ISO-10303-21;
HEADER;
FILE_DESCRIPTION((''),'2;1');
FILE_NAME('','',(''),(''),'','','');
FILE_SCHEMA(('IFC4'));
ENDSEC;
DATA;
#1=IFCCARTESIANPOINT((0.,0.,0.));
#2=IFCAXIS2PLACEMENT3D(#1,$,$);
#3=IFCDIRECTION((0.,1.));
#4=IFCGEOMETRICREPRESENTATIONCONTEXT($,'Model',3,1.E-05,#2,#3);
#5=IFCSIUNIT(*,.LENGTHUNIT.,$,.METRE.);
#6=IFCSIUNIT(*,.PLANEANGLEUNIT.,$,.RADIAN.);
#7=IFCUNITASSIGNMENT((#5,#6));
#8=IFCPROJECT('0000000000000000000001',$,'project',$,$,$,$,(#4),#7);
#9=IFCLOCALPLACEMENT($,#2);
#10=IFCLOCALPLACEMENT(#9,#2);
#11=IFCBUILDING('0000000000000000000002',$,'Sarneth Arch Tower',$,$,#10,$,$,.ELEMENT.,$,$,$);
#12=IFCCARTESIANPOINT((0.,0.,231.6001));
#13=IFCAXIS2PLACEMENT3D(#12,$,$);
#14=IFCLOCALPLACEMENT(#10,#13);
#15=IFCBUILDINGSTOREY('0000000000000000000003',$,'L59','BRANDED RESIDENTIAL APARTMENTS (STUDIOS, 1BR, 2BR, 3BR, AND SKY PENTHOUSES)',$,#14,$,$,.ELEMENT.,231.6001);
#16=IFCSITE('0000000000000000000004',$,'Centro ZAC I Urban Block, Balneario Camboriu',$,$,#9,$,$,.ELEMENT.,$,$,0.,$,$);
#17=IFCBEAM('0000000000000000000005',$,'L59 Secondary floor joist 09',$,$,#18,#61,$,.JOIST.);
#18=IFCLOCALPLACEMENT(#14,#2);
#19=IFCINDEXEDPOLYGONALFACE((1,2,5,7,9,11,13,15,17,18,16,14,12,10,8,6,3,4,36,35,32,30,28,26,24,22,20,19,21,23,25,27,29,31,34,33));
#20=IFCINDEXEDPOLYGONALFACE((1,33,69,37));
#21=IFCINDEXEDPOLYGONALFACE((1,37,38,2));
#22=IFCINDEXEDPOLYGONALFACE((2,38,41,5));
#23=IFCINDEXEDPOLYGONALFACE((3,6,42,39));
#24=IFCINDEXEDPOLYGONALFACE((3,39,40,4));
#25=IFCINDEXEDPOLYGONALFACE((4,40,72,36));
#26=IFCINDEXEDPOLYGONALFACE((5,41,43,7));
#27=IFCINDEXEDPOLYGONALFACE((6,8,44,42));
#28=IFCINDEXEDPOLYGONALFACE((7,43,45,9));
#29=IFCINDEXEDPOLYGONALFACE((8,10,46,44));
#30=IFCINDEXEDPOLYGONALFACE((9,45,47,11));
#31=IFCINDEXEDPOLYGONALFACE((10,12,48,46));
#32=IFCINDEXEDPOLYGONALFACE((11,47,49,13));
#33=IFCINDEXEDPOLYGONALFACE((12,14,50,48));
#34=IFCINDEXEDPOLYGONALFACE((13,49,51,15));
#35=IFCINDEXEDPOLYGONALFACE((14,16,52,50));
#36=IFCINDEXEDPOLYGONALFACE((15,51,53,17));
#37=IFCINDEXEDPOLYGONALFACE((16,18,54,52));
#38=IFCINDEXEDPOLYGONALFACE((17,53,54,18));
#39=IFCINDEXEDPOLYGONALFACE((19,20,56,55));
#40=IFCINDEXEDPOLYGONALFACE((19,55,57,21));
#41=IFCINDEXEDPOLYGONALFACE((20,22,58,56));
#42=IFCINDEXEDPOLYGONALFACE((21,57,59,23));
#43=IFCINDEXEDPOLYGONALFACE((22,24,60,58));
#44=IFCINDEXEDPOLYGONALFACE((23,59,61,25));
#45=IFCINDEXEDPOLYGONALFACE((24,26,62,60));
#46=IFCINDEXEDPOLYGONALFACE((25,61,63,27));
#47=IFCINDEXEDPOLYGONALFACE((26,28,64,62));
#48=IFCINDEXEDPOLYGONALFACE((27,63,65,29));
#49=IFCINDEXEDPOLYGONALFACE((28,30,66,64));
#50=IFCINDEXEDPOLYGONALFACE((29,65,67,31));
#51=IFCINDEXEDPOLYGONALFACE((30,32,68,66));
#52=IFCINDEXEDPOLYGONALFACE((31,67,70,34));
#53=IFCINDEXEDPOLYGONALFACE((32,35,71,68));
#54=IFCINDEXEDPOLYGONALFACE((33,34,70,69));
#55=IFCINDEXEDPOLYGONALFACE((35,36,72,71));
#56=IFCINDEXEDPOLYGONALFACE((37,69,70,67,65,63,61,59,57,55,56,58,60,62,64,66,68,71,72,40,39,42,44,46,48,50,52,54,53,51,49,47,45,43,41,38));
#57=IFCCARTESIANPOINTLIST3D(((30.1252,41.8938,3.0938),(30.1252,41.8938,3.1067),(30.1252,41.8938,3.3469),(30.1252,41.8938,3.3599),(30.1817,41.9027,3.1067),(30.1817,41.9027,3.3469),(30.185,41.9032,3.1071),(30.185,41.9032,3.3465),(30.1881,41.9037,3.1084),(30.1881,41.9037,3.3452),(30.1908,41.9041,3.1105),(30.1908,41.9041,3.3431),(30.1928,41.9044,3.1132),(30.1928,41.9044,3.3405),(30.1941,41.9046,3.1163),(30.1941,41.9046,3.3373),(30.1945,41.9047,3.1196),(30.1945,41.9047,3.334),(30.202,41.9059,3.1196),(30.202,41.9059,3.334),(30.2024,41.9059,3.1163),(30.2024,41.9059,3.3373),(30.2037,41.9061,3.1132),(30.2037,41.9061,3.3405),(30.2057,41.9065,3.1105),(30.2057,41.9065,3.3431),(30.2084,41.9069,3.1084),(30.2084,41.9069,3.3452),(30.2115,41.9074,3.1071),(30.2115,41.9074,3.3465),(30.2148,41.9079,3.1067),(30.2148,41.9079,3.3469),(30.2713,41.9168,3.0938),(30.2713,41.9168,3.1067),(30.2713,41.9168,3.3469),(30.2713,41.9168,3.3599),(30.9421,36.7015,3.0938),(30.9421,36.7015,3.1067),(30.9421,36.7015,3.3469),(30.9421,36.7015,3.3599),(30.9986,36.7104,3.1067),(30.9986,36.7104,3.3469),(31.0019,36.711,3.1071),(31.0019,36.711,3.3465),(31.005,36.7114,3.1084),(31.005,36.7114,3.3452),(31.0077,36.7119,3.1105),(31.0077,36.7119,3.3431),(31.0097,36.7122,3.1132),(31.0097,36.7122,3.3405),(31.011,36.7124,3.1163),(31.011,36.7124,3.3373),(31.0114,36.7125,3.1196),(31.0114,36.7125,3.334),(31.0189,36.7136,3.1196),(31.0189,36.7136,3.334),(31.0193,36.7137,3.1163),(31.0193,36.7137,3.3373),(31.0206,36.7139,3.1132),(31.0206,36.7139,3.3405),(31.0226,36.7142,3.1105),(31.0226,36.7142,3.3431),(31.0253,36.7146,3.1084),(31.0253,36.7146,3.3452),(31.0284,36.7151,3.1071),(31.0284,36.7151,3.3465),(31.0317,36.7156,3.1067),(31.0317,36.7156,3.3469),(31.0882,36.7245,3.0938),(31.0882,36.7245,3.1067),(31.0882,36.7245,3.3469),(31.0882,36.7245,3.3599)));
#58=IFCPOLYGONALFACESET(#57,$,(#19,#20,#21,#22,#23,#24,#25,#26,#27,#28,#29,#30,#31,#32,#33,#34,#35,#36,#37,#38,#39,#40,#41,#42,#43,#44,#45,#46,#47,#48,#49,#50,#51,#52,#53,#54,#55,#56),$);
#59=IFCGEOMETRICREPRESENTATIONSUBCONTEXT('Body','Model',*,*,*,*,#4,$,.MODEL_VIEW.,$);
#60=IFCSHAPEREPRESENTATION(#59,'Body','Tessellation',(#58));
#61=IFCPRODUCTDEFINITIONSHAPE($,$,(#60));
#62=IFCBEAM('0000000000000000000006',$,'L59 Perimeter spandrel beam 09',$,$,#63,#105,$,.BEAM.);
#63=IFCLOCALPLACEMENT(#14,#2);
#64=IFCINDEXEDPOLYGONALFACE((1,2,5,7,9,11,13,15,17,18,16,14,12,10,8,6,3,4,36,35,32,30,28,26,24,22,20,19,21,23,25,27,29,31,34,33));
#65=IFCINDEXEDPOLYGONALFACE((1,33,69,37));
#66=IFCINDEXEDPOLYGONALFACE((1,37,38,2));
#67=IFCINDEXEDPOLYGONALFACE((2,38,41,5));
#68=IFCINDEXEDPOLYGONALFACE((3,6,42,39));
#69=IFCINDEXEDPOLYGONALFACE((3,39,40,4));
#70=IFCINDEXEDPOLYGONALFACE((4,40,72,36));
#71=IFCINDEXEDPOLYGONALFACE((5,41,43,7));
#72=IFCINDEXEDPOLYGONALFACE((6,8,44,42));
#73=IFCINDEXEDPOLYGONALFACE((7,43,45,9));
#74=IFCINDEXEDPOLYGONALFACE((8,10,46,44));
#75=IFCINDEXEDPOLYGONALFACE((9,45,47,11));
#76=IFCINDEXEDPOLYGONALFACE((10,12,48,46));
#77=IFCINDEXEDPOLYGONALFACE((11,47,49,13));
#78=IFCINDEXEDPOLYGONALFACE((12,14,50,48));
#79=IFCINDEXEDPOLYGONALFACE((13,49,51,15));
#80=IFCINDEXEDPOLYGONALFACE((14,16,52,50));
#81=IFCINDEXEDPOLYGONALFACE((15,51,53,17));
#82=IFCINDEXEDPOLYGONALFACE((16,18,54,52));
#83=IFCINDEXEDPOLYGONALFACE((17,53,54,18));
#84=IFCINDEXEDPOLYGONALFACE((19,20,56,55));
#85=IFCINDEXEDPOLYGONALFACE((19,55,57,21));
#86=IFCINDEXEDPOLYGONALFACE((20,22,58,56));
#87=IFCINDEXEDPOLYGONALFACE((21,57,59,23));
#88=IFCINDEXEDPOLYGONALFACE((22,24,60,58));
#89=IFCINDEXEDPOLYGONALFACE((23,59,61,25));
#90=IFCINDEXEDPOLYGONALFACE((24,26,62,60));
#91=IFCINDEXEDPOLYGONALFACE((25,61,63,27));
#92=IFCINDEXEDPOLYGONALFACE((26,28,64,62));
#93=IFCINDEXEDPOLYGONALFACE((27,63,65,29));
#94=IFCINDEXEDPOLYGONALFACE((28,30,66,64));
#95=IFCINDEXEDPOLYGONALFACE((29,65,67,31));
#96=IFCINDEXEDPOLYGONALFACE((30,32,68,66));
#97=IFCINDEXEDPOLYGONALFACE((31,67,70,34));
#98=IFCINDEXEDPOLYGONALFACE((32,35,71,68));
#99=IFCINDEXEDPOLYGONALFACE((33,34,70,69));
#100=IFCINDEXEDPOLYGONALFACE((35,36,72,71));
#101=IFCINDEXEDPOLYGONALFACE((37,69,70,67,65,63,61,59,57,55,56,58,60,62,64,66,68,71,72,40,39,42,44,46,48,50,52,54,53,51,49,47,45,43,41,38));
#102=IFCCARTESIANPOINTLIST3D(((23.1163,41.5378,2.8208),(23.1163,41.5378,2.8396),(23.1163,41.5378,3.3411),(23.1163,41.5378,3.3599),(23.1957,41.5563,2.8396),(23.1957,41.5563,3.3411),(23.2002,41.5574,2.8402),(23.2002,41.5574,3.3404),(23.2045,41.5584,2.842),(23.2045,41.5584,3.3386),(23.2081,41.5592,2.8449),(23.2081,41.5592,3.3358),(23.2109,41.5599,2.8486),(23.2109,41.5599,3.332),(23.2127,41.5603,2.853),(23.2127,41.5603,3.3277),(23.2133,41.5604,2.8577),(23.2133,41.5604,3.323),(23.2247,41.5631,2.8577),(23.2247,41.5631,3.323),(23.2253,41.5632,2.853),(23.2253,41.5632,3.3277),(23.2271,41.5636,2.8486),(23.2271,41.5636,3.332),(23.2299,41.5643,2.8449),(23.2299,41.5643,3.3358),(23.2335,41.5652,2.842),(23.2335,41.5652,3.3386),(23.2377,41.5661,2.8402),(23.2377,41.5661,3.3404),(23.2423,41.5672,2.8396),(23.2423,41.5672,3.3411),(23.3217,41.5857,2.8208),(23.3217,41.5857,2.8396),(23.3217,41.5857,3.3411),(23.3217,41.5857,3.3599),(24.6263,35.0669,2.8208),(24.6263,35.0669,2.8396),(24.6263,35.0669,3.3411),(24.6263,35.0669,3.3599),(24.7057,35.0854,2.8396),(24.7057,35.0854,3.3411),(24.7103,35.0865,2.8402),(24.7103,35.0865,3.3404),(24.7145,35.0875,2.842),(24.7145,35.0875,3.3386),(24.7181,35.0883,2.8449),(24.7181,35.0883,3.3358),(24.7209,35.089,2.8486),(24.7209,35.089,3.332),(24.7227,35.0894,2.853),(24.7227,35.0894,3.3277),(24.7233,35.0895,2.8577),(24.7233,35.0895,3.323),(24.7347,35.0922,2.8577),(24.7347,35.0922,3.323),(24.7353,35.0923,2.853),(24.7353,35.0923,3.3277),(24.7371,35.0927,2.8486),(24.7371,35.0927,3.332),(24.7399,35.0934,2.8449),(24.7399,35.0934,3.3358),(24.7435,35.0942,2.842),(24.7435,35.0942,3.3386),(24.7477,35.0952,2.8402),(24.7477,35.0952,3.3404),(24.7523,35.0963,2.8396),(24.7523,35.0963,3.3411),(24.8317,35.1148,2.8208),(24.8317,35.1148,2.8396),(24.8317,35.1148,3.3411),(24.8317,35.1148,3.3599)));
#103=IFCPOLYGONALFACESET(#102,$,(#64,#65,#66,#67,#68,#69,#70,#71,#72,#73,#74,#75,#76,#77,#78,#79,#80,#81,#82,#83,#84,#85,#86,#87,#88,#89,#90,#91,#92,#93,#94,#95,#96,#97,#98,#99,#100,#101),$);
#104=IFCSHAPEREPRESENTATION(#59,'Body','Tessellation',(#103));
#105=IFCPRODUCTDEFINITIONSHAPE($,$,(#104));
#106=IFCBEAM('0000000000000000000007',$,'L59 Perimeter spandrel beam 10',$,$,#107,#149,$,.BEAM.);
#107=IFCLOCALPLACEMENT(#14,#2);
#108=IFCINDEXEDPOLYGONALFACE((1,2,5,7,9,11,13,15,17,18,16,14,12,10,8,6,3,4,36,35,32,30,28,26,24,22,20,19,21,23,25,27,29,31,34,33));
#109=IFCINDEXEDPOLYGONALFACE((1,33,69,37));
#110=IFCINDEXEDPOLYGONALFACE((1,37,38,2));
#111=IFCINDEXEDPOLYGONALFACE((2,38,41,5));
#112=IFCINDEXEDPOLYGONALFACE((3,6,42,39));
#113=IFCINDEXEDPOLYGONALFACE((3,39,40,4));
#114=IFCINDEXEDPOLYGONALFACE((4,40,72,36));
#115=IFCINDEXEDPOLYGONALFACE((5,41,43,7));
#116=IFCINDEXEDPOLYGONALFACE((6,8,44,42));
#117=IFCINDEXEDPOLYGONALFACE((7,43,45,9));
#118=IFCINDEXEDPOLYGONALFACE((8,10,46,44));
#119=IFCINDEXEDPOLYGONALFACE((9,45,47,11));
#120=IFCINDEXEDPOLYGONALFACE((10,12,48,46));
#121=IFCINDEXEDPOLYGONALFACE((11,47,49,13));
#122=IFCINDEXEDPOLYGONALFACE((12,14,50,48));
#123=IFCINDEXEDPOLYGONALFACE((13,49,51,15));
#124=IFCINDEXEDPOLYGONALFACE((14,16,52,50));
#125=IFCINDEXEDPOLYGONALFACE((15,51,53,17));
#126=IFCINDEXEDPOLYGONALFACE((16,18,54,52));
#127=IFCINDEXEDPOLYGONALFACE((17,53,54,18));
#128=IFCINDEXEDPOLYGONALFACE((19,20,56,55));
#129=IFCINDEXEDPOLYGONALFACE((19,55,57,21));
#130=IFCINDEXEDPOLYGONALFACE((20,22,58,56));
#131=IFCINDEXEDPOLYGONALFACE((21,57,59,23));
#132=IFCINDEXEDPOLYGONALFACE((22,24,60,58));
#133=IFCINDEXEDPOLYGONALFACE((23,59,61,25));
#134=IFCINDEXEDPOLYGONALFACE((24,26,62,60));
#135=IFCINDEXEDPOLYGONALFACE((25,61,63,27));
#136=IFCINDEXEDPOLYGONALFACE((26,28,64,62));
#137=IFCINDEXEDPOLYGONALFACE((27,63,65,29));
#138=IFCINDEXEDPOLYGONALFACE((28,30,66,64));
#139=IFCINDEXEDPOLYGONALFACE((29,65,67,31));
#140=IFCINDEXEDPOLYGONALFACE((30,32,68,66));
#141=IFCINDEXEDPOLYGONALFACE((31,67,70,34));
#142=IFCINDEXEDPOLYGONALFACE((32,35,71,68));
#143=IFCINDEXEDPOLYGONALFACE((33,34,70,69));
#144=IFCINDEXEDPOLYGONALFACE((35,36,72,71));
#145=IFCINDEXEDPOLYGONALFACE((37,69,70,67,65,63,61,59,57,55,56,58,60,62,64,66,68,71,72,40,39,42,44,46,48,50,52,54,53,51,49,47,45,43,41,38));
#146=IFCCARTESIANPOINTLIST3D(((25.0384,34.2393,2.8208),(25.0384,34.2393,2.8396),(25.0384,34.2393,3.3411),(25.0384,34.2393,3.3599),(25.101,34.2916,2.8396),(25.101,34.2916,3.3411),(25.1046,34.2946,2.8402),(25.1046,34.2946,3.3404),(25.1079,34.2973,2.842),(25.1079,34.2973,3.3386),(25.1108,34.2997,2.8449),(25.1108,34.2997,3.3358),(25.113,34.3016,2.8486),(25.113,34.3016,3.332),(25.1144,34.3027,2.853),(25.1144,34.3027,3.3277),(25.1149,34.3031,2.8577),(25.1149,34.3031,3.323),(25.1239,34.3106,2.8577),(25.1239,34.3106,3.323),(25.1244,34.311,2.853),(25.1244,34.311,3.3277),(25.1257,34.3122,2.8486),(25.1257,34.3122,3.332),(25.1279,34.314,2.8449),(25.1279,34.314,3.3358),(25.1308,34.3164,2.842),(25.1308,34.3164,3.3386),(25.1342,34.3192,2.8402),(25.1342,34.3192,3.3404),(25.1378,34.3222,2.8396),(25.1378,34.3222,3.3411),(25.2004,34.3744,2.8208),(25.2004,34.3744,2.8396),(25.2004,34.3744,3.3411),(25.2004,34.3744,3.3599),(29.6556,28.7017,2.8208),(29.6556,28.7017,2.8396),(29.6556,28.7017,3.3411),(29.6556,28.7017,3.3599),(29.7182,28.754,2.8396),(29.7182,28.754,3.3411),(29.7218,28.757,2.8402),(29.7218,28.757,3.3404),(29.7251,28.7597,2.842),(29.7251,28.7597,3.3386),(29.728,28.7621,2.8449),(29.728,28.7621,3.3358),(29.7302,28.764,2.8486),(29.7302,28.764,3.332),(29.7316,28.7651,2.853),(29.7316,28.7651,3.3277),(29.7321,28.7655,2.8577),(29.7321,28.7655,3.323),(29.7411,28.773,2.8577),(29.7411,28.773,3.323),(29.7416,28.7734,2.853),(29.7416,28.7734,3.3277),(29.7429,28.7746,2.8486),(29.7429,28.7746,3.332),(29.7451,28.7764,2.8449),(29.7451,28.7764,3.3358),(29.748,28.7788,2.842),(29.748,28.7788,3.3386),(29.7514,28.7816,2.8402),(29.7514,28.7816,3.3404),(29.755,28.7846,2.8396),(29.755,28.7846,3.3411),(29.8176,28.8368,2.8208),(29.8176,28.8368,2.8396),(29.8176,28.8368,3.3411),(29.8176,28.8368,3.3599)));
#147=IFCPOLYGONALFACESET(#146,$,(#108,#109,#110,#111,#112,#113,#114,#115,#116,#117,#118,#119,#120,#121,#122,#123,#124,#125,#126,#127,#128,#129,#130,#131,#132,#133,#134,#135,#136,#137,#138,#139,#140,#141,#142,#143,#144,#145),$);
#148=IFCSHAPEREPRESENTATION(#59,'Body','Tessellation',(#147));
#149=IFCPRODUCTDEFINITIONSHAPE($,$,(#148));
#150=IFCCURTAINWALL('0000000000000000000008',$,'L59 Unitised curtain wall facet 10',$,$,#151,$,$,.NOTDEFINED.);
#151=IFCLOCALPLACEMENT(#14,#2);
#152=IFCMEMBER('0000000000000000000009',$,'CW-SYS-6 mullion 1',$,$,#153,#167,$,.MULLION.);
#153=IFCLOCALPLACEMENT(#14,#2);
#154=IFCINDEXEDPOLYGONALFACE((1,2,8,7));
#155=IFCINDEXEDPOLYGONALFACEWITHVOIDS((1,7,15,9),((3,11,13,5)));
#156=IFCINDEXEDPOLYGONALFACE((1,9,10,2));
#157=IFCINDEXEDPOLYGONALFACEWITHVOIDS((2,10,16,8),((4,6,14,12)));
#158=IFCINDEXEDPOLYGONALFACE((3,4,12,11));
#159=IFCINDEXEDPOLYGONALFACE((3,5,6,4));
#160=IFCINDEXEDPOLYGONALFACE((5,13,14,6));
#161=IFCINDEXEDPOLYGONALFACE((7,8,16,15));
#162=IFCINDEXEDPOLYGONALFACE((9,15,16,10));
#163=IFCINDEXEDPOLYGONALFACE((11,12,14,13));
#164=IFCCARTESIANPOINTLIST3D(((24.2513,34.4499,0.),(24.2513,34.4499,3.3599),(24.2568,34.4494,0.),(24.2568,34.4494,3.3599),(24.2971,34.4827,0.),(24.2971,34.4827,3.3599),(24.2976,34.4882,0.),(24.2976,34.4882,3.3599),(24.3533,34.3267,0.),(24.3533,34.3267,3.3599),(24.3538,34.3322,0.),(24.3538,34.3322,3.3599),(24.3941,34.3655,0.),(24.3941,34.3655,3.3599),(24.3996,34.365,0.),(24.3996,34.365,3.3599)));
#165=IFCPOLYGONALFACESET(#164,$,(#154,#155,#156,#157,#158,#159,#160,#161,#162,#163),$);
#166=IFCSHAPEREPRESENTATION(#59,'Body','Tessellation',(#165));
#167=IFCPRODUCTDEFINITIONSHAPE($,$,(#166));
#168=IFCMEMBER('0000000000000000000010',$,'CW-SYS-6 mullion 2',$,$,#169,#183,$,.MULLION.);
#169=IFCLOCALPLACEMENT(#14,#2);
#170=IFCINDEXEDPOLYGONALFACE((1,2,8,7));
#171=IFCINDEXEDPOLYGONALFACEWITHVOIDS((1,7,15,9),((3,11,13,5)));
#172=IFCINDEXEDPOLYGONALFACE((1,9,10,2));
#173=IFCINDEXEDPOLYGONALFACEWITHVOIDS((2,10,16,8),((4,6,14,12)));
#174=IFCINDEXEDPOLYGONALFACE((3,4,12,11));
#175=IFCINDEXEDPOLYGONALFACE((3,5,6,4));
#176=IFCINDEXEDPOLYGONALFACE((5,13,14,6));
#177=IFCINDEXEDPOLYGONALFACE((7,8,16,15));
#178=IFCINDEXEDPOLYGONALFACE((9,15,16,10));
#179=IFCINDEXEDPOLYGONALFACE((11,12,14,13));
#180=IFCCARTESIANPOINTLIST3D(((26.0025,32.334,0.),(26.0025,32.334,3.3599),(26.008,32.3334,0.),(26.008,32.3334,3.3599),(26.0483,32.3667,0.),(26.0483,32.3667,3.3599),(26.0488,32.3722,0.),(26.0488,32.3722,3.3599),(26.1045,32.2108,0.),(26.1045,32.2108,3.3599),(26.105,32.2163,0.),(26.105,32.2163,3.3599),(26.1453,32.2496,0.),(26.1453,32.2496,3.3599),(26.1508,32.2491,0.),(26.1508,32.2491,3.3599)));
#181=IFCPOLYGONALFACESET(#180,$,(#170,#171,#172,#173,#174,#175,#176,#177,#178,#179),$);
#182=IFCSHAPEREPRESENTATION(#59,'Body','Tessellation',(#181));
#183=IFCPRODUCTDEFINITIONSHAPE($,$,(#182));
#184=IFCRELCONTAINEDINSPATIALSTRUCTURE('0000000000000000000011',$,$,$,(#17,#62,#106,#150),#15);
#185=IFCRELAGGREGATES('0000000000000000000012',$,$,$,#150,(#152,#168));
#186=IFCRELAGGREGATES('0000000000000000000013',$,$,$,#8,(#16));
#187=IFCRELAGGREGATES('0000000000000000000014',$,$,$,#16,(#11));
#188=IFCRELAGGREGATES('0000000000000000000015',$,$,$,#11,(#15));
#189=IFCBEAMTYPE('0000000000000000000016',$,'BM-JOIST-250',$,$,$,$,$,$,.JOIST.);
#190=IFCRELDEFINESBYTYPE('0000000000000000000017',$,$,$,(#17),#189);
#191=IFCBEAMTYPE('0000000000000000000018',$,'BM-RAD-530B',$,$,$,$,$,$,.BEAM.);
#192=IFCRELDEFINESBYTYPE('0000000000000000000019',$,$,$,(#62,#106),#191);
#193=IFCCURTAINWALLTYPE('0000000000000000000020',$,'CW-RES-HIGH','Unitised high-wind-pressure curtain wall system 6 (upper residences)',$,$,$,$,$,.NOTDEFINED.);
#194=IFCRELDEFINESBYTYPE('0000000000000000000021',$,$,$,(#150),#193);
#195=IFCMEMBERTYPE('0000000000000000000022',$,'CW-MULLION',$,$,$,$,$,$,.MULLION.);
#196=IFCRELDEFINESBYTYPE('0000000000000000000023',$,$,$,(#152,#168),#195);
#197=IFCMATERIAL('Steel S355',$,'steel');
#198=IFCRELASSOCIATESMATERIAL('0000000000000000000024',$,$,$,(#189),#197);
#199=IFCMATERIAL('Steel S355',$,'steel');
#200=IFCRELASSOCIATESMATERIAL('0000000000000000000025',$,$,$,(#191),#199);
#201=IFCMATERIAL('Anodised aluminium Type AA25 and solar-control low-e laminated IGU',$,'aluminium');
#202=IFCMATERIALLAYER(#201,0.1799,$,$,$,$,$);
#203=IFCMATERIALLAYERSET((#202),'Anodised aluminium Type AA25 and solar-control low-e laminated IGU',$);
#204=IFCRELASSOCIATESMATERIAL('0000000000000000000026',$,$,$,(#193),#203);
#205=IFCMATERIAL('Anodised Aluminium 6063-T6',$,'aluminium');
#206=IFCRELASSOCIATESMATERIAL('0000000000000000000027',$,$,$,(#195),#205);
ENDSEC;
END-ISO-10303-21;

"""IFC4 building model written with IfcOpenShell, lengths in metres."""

from ifc_helpers import new_model, si_unit, direction, frame, origin, origin_2d, place, context, subcontext, project, spatial, hollow_rectangle, i_section, extrude, material, layer, layer_set, material_profile, profile_set, type_object, element, aggregate, save


model = new_model("IFC4")

# Units and contexts
model_context = context("Model", 3, precision=1e-05, world=origin(), true_north=direction((0.0, 1.0)))
body_context = subcontext(model_context, "Body", "Model", "MODEL_VIEW")
ifc_project = project(units=[si_unit("LENGTHUNIT", "METRE"), si_unit("PLANEANGLEUNIT", "RADIAN")], contexts=[model_context])

# Site, building, storey
site_placement = place(None, origin())
site = spatial("IfcSite", under=ifc_project, at=site_placement, Name="Centro ZAC I Urban Block, Balneario Camboriu", CompositionType="ELEMENT", RefElevation=0.0)
building_placement = place(site_placement, origin())
building = spatial("IfcBuilding", under=site, at=building_placement, Name="Sarneth Arch Tower", CompositionType="ELEMENT")
storey_placement = place(building_placement, frame((0.0, 0.0, 231.6001)))
storey = spatial("IfcBuildingStorey", under=building, at=storey_placement, Name="L59", Description="BRANDED RESIDENTIAL APARTMENTS (STUDIOS, 1BR, 2BR, 3BR, AND SKY PENTHOUSES)", CompositionType="ELEMENT", Elevation=231.6001)

# Beams
ifc_material_1 = material(Name="Steel S355", Category="steel")
ifc_material_profile_1 = material_profile(ifc_material_1, i_section(OverallWidth=0.1479, OverallDepth=0.2661, WebThickness=0.0076, FlangeThickness=0.0129, FilletRadius=0.0129, at=origin_2d()), Name="W250x44.8")
ifc_profile_set_1 = profile_set([ifc_material_profile_1], Name="Steel S355")
beam_type_1 = type_object("IfcBeamType", Name="BM-JOIST-250", PredefinedType="JOIST", material=ifc_profile_set_1)
beam_1_placement = place(storey_placement, frame((30.1982, 41.9053, 3.2268), z_axis=(0.155421, -0.987848, 0.0), x_axis=(0.987848, 0.155421, 0.0)))
element("IfcBeam", 1, at=beam_1_placement, inside=storey, type_object=beam_type_1, Name="L59 Secondary floor joist 09", PredefinedType="JOIST", context=body_context, shape_type="SweptSolid", body=[
    extrude(i_section(OverallWidth=0.1479, OverallDepth=0.2661, WebThickness=0.0076, FlangeThickness=0.0129, FilletRadius=0.0129, at=origin_2d()), origin(), (0.0, 0.0, 1.0), 5.2561),
])
ifc_material_2 = material(Name="Steel S355", Category="steel")
ifc_material_profile_2 = material_profile(ifc_material_2, i_section(OverallWidth=0.2109, OverallDepth=0.5391, WebThickness=0.0117, FlangeThickness=0.0188, FilletRadius=0.0181, at=origin_2d()), Name="W530x109")
ifc_profile_set_2 = profile_set([ifc_material_profile_2], Name="Steel S355")
beam_type_2 = type_object("IfcBeamType", Name="BM-RAD-530B", PredefinedType="BEAM", material=ifc_profile_set_2)
beam_2_placement = place(storey_placement, frame((23.219, 41.5618, 3.0903), z_axis=(0.227247, -0.973837, 0.0), x_axis=(0.973837, 0.227247, 0.0)))
element("IfcBeam", 2, at=beam_2_placement, inside=storey, type_object=beam_type_2, Name="L59 Perimeter spandrel beam 09", PredefinedType="BEAM", context=body_context, shape_type="SweptSolid", body=[
    extrude(i_section(OverallWidth=0.2109, OverallDepth=0.5391, WebThickness=0.0117, FlangeThickness=0.0188, FilletRadius=0.0181, at=origin_2d()), origin(), (0.0, 0.0, 1.0), 6.6448),
])
beam_3_placement = place(storey_placement, frame((25.1194, 34.3069, 3.0903), z_axis=(0.640391, -0.768049, 0.0), x_axis=(0.768049, 0.640391, 0.0)))
element("IfcBeam", 3, at=beam_3_placement, inside=storey, type_object=beam_type_2, Name="L59 Perimeter spandrel beam 10", PredefinedType="BEAM", context=body_context, shape_type="SweptSolid", body=[
    extrude(i_section(OverallWidth=0.2109, OverallDepth=0.5391, WebThickness=0.0117, FlangeThickness=0.0188, FilletRadius=0.0181, at=origin_2d()), origin(), (0.0, 0.0, 1.0), 7.21),
])

# Curtain wall, members
ifc_material_3 = material(Name="Anodised aluminium Type AA25 and solar-control low-e laminated IGU", Category="aluminium")
ifc_layer_1 = layer(ifc_material_3, 0.1799)
ifc_layer_set_1 = layer_set([ifc_layer_1], Name="Anodised aluminium Type AA25 and solar-control low-e laminated IGU")
curtain_wall_type = type_object("IfcCurtainWallType", Name="CW-RES-HIGH", Description="Unitised high-wind-pressure curtain wall system 6 (upper residences)", PredefinedType="NOTDEFINED", material=ifc_layer_set_1)
curtain_wall_placement = place(storey_placement, origin())
curtain_wall = element("IfcCurtainWall", 4, at=curtain_wall_placement, inside=storey, type_object=curtain_wall_type, Name="L59 Unitised curtain wall facet 10", PredefinedType="NOTDEFINED")
ifc_material_4 = material(Name="Anodised Aluminium 6063-T6", Category="aluminium")
ifc_material_profile_3 = material_profile(ifc_material_4, hollow_rectangle(XDim=0.0601, YDim=0.1599, WallThickness=0.0039, at=origin_2d()), Name="AL-MULL-160x60x4")
ifc_profile_set_3 = profile_set([ifc_material_profile_3], Name="Anodised Aluminium 6063-T6")
member_type_1 = type_object("IfcMemberType", Name="CW-MULLION", PredefinedType="MULLION", material=ifc_profile_set_3)
member_1_placement = place(storey_placement, frame((24.3254, 34.4075, 0.0), z_axis=(0.0, 0.0, 1.0), x_axis=(0.770359, 0.63761, 0.0)))
member_1 = element("IfcMember", 5, at=member_1_placement, type_object=member_type_1, Name="CW-SYS-6 mullion 1", PredefinedType="MULLION", context=body_context, shape_type="SweptSolid", body=[
    extrude(hollow_rectangle(XDim=0.0601, YDim=0.1599, WallThickness=0.0039, at=origin_2d()), origin(), (0.0, 0.0, 1.0), 3.3599),
])
member_2_placement = place(storey_placement, frame((26.0767, 32.2915, 0.0), z_axis=(0.0, 0.0, 1.0), x_axis=(0.770359, 0.63761, 0.0)))
member_2 = element("IfcMember", 6, at=member_2_placement, type_object=member_type_1, Name="CW-SYS-6 mullion 2", PredefinedType="MULLION", context=body_context, shape_type="SweptSolid", body=[
    extrude(hollow_rectangle(XDim=0.0601, YDim=0.1599, WallThickness=0.0039, at=origin_2d()), origin(), (0.0, 0.0, 1.0), 3.3599),
])

aggregate(curtain_wall, [member_1, member_2])

save(model, "model.ifc")
